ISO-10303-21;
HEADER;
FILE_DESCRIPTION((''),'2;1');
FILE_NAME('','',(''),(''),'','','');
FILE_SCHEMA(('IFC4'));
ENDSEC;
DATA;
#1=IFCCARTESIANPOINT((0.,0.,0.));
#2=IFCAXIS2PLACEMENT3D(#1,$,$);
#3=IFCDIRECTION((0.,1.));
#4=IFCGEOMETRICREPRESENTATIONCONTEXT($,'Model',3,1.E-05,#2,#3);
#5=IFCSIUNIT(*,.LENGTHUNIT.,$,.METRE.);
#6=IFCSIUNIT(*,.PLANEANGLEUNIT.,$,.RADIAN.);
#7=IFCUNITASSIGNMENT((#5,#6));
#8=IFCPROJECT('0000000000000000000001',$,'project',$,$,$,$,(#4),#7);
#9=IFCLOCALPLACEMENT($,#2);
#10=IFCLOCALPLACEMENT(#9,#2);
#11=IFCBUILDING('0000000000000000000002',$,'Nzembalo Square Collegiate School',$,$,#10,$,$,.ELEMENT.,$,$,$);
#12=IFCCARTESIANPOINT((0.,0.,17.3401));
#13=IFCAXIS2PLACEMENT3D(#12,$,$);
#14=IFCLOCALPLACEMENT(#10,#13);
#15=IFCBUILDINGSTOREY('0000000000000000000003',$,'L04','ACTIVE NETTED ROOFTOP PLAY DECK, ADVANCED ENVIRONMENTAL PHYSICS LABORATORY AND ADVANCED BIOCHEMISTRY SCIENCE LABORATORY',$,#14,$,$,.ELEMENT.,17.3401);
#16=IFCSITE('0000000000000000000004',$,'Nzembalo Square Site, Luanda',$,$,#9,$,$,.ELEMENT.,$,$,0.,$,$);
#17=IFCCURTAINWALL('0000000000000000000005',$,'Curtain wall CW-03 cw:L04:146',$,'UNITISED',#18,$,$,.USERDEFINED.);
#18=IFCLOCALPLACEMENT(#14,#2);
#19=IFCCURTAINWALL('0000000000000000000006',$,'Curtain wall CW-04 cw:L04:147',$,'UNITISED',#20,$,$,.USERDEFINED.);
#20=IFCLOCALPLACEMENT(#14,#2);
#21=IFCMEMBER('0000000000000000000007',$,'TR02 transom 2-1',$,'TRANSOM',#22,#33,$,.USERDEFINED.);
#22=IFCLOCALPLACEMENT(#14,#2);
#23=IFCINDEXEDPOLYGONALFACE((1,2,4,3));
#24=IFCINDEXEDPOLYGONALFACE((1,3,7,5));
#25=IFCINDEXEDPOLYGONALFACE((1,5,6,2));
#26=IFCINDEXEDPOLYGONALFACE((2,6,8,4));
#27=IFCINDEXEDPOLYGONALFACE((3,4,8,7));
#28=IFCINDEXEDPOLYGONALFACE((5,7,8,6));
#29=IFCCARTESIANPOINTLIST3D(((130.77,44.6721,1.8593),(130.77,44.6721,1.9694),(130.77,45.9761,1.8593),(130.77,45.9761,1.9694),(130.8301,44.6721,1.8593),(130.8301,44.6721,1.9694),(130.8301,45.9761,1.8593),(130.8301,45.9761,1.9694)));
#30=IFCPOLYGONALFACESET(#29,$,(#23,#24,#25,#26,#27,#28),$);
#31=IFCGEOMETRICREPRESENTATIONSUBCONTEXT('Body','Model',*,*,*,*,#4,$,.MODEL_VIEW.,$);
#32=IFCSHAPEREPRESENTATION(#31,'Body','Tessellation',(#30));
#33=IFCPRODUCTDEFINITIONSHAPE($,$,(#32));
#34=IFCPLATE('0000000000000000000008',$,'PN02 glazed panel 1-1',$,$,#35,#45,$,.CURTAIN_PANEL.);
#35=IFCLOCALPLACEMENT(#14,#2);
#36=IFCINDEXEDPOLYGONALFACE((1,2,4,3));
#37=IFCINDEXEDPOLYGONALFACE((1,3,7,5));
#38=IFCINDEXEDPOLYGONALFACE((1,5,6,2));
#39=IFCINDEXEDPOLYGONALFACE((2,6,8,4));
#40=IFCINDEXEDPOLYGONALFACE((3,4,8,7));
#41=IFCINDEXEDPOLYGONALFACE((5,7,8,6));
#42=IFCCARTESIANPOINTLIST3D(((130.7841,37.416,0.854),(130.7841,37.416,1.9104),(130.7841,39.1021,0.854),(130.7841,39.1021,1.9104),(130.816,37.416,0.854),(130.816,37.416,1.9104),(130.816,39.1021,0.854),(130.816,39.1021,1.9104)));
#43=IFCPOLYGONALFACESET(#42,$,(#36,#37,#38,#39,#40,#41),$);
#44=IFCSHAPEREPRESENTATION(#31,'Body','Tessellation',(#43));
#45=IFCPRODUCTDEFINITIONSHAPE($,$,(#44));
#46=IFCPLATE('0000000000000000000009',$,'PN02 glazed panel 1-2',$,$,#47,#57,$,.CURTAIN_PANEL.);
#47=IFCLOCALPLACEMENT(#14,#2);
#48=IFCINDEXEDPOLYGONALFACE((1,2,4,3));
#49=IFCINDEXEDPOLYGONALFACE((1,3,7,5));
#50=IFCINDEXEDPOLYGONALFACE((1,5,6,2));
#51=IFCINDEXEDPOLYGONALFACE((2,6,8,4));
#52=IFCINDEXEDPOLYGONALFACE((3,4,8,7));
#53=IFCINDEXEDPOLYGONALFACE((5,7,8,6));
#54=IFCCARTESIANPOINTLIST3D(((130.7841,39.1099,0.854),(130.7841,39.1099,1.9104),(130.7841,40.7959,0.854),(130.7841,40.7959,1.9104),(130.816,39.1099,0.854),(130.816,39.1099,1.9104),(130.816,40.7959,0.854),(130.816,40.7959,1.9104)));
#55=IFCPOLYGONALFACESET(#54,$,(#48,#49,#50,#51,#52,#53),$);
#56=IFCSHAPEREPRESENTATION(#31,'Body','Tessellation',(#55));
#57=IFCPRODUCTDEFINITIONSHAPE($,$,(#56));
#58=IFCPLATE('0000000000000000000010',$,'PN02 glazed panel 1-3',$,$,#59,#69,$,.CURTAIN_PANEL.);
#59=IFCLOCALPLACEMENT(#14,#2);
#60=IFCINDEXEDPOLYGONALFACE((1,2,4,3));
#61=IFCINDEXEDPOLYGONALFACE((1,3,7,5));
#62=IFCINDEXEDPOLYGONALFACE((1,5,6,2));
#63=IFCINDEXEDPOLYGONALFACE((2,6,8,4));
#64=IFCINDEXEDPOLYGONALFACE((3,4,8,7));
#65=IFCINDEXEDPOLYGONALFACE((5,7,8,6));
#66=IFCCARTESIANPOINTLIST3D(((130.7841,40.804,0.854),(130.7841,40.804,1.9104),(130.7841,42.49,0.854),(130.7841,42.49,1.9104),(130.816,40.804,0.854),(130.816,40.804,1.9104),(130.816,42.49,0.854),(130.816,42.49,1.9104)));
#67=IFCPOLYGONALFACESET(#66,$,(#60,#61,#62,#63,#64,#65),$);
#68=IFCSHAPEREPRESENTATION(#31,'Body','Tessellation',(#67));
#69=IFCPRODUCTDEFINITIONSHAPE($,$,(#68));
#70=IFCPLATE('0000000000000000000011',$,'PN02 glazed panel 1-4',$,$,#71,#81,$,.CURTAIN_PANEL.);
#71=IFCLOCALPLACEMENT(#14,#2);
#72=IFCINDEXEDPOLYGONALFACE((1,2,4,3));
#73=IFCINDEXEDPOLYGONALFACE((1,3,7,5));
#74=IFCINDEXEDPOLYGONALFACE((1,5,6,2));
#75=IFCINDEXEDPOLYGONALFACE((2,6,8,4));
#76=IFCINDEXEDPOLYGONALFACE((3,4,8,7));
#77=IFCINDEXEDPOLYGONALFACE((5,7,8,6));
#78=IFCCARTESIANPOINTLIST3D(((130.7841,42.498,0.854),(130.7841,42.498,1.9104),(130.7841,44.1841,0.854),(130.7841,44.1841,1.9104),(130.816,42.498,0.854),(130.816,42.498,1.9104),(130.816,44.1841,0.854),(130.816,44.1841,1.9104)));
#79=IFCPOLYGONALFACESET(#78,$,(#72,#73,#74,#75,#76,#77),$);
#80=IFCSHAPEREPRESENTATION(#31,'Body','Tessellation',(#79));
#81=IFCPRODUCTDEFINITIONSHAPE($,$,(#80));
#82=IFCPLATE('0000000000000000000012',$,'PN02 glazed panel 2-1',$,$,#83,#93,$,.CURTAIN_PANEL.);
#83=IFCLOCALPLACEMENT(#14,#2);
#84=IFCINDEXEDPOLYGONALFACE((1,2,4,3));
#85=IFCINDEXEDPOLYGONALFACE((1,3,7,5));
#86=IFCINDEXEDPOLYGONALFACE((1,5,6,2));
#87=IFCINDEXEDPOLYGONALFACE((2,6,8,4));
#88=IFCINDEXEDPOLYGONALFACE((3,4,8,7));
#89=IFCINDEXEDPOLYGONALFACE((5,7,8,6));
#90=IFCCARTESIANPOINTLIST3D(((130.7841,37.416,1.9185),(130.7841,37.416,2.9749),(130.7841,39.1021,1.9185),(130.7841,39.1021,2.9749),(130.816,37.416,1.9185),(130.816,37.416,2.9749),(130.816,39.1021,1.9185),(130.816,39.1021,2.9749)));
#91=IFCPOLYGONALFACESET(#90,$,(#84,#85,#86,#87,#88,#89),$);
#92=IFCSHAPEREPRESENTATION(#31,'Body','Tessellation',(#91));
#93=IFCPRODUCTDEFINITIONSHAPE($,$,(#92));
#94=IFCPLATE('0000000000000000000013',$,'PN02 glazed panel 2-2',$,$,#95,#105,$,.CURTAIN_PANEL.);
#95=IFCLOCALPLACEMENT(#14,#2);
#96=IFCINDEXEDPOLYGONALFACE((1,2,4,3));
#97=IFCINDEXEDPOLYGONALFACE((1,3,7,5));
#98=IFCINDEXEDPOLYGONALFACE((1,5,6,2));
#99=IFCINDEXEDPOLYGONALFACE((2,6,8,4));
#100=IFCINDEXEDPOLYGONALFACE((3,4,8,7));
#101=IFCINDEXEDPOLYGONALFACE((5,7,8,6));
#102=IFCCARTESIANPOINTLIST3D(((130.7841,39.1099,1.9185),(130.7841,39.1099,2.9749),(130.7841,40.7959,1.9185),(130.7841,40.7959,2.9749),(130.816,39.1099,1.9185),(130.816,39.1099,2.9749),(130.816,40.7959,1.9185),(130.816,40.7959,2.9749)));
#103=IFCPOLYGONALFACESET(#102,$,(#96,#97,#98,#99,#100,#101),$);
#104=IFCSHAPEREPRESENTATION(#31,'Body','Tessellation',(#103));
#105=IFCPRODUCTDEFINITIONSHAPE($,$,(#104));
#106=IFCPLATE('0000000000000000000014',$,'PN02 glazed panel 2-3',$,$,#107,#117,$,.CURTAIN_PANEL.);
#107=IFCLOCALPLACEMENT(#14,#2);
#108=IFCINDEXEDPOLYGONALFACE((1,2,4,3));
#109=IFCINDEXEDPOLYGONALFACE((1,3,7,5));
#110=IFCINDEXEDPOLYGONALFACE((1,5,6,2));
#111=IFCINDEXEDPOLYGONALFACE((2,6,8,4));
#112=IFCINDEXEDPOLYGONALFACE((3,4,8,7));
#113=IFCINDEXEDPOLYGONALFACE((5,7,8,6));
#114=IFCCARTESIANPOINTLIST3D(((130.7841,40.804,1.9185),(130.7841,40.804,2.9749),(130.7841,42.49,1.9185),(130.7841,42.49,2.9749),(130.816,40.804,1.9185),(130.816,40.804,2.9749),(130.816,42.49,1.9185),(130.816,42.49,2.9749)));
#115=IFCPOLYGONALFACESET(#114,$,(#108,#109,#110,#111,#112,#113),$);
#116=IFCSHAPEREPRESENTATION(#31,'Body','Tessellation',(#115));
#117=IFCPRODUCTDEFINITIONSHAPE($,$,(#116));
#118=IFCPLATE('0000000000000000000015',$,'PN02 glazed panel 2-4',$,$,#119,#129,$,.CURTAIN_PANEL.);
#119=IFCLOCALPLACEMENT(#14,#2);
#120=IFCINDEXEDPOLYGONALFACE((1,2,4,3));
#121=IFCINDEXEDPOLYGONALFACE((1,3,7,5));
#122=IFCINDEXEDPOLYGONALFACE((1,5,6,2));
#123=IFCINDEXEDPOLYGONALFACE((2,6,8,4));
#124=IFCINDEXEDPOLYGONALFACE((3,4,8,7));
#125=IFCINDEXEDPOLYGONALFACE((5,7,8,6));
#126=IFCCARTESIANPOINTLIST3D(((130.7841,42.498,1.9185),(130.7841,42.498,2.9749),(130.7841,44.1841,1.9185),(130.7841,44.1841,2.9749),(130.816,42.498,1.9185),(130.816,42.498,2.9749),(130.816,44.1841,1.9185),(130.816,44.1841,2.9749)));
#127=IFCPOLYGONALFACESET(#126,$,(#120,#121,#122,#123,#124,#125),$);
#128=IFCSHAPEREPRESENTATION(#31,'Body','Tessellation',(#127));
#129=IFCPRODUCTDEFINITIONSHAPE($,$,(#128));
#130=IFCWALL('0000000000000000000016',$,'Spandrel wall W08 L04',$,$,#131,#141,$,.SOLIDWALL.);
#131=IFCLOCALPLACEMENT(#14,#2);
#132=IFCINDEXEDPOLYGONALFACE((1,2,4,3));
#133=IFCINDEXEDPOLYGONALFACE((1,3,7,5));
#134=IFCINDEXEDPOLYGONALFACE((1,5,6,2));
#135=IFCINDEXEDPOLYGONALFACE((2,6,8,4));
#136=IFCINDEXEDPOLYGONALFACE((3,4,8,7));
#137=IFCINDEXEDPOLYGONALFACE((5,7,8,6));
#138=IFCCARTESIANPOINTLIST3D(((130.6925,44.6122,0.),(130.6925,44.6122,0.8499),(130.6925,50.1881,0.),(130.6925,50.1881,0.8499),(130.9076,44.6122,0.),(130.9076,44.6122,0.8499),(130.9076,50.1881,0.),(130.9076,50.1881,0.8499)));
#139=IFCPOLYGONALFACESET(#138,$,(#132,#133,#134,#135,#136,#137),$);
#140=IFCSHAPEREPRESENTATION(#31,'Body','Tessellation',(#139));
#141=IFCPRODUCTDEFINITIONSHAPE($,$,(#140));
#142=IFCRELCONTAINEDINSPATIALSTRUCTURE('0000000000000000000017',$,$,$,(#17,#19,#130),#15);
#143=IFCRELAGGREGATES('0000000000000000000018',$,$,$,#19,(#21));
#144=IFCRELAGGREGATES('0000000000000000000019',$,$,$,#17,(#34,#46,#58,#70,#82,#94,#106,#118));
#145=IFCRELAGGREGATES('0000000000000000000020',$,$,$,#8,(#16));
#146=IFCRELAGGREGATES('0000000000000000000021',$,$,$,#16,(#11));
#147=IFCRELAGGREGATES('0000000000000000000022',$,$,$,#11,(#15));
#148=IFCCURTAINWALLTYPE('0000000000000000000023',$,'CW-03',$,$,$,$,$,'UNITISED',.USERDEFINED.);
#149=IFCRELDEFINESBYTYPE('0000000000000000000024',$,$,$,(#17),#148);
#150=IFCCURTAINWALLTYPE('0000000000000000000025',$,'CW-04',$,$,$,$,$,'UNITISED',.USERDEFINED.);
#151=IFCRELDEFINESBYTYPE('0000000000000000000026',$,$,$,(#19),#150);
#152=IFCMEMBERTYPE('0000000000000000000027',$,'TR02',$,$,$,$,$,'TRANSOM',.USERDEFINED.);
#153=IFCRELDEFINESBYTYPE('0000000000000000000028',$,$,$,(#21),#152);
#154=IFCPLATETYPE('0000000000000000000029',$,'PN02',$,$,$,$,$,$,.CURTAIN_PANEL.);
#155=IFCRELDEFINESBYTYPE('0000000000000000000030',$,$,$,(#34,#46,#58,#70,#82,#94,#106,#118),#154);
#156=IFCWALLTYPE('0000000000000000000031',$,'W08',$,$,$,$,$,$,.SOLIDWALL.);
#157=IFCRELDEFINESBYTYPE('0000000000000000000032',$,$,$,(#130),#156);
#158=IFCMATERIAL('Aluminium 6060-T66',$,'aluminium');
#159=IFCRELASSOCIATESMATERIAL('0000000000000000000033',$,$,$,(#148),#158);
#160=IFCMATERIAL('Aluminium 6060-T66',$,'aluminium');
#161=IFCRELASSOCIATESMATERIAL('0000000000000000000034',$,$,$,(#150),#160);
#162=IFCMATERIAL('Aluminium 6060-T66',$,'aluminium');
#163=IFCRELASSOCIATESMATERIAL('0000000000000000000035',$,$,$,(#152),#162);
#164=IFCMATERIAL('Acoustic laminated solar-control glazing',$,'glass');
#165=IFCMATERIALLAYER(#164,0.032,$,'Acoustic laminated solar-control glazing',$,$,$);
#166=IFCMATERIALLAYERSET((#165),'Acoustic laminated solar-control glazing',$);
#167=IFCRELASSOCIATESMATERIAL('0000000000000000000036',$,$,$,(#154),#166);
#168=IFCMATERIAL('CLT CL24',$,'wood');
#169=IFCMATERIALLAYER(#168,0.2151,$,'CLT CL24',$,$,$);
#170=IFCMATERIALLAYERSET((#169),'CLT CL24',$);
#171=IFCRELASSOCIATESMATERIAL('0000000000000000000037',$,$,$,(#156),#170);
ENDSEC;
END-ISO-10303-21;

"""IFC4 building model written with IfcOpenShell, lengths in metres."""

from ifc_helpers import new_model, si_unit, direction, frame, frame_2d, origin, origin_2d, place, context, subcontext, project, spatial, rectangle, extrude, material, layer, layer_set, material_profile, profile_set, type_object, element, aggregate, save


model = new_model("IFC4")

# Units and contexts
model_context = context("Model", 3, precision=1e-05, world=origin(), true_north=direction((0.0, 1.0)))
body_context = subcontext(model_context, "Body", "Model", "MODEL_VIEW")
ifc_project = project(units=[si_unit("LENGTHUNIT", "METRE"), si_unit("PLANEANGLEUNIT", "RADIAN")], contexts=[model_context])

# Site, building, storey
site_placement = place(None, origin())
site = spatial("IfcSite", under=ifc_project, at=site_placement, Name="Nzembalo Square Site, Luanda", CompositionType="ELEMENT", RefElevation=0.0)
building_placement = place(site_placement, origin())
building = spatial("IfcBuilding", under=site, at=building_placement, Name="Nzembalo Square Collegiate School", CompositionType="ELEMENT")
storey_placement = place(building_placement, frame((0.0, 0.0, 17.3401)))
storey = spatial("IfcBuildingStorey", under=building, at=storey_placement, Name="L04", Description="ACTIVE NETTED ROOFTOP PLAY DECK, ADVANCED ENVIRONMENTAL PHYSICS LABORATORY AND ADVANCED BIOCHEMISTRY SCIENCE LABORATORY", CompositionType="ELEMENT", Elevation=17.3401)

# Curtain wall
ifc_material_1 = material(Name="Aluminium 6060-T66", Category="aluminium")
curtain_wall_type_1 = type_object("IfcCurtainWallType", Name="CW-03", ElementType="UNITISED", PredefinedType="USERDEFINED", material=ifc_material_1)
curtain_wall_1_placement = place(storey_placement, origin())
curtain_wall_1 = element("IfcCurtainWall", 1, at=curtain_wall_1_placement, inside=storey, type_object=curtain_wall_type_1, Name="Curtain wall CW-03 cw:L04:146", ObjectType="UNITISED", PredefinedType="USERDEFINED")

# Curtain wall
ifc_material_2 = material(Name="Aluminium 6060-T66", Category="aluminium")
curtain_wall_type_2 = type_object("IfcCurtainWallType", Name="CW-04", ElementType="UNITISED", PredefinedType="USERDEFINED", material=ifc_material_2)
curtain_wall_2_placement = place(storey_placement, origin())
curtain_wall_2 = element("IfcCurtainWall", 2, at=curtain_wall_2_placement, inside=storey, type_object=curtain_wall_type_2, Name="Curtain wall CW-04 cw:L04:147", ObjectType="UNITISED", PredefinedType="USERDEFINED")

# Member
ifc_material_3 = material(Name="Aluminium 6060-T66", Category="aluminium")
ifc_material_profile_1 = material_profile(ifc_material_3, rectangle(XDim=0.0601, YDim=0.1101, at=origin_2d()), Name="ALU T60x110")
ifc_profile_set_1 = profile_set([ifc_material_profile_1], Name="Aluminium 6060-T66")
member_type_1 = type_object("IfcMemberType", Name="TR02", ElementType="TRANSOM", PredefinedType="USERDEFINED", material=ifc_profile_set_1)
member_1_placement = place(storey_placement, frame((130.8, 44.6721, 1.9143), z_axis=(0.0, 1.0, 0.0), x_axis=(-1.0, 0.0, 0.0)))
member_1 = element("IfcMember", 3, at=member_1_placement, type_object=member_type_1, Name="TR02 transom 2-1", ObjectType="TRANSOM", PredefinedType="USERDEFINED", context=body_context, shape_type="SweptSolid", body=[
    extrude(rectangle(XDim=0.0601, YDim=0.1101, at=origin_2d()), origin(), (0.0, 0.0, 1.0), 1.304),
])
aggregate(curtain_wall_2, [member_1])

# Plates
ifc_material_4 = material(Name="Acoustic laminated solar-control glazing", Category="glass")
ifc_layer_1 = layer(ifc_material_4, 0.032, Name="Acoustic laminated solar-control glazing")
ifc_layer_set_1 = layer_set([ifc_layer_1], Name="Acoustic laminated solar-control glazing")
plate_type = type_object("IfcPlateType", Name="PN02", PredefinedType="CURTAIN_PANEL", material=ifc_layer_set_1)
plate_1_placement = place(storey_placement, frame((130.8, 38.259, 0.854), z_axis=(0.0, 0.0, 1.0), x_axis=(0.0, 1.0, 0.0)))
plate_1 = element("IfcPlate", 4, at=plate_1_placement, type_object=plate_type, Name="PN02 glazed panel 1-1", PredefinedType="CURTAIN_PANEL", context=body_context, shape_type="SweptSolid", body=[
    extrude(rectangle(XDim=1.686, YDim=0.032, at=origin_2d()), origin(), (0.0, 0.0, 1.0), 1.0564),
])
plate_2_placement = place(storey_placement, frame((130.8, 39.9529, 0.854), z_axis=(0.0, 0.0, 1.0), x_axis=(0.0, 1.0, 0.0)))
plate_2 = element("IfcPlate", 5, at=plate_2_placement, type_object=plate_type, Name="PN02 glazed panel 1-2", PredefinedType="CURTAIN_PANEL", context=body_context, shape_type="SweptSolid", body=[
    extrude(rectangle(XDim=1.686, YDim=0.032, at=origin_2d()), origin(), (0.0, 0.0, 1.0), 1.0564),
])
plate_3_placement = place(storey_placement, frame((130.8, 41.647, 0.854), z_axis=(0.0, 0.0, 1.0), x_axis=(0.0, 1.0, 0.0)))
plate_3 = element("IfcPlate", 6, at=plate_3_placement, type_object=plate_type, Name="PN02 glazed panel 1-3", PredefinedType="CURTAIN_PANEL", context=body_context, shape_type="SweptSolid", body=[
    extrude(rectangle(XDim=1.686, YDim=0.032, at=origin_2d()), origin(), (0.0, 0.0, 1.0), 1.0564),
])
plate_4_placement = place(storey_placement, frame((130.8, 43.3411, 0.854), z_axis=(0.0, 0.0, 1.0), x_axis=(0.0, 1.0, 0.0)))
plate_4 = element("IfcPlate", 7, at=plate_4_placement, type_object=plate_type, Name="PN02 glazed panel 1-4", PredefinedType="CURTAIN_PANEL", context=body_context, shape_type="SweptSolid", body=[
    extrude(rectangle(XDim=1.686, YDim=0.032, at=origin_2d()), origin(), (0.0, 0.0, 1.0), 1.0564),
])
plate_5_placement = place(storey_placement, frame((130.8, 38.259, 1.9185), z_axis=(0.0, 0.0, 1.0), x_axis=(0.0, 1.0, 0.0)))
plate_5 = element("IfcPlate", 8, at=plate_5_placement, type_object=plate_type, Name="PN02 glazed panel 2-1", PredefinedType="CURTAIN_PANEL", context=body_context, shape_type="SweptSolid", body=[
    extrude(rectangle(XDim=1.686, YDim=0.032, at=origin_2d()), origin(), (0.0, 0.0, 1.0), 1.0564),
])
plate_6_placement = place(storey_placement, frame((130.8, 39.9529, 1.9185), z_axis=(0.0, 0.0, 1.0), x_axis=(0.0, 1.0, 0.0)))
plate_6 = element("IfcPlate", 9, at=plate_6_placement, type_object=plate_type, Name="PN02 glazed panel 2-2", PredefinedType="CURTAIN_PANEL", context=body_context, shape_type="SweptSolid", body=[
    extrude(rectangle(XDim=1.686, YDim=0.032, at=origin_2d()), origin(), (0.0, 0.0, 1.0), 1.0564),
])
plate_7_placement = place(storey_placement, frame((130.8, 41.647, 1.9185), z_axis=(0.0, 0.0, 1.0), x_axis=(0.0, 1.0, 0.0)))
plate_7 = element("IfcPlate", 10, at=plate_7_placement, type_object=plate_type, Name="PN02 glazed panel 2-3", PredefinedType="CURTAIN_PANEL", context=body_context, shape_type="SweptSolid", body=[
    extrude(rectangle(XDim=1.686, YDim=0.032, at=origin_2d()), origin(), (0.0, 0.0, 1.0), 1.0564),
])
plate_8_placement = place(storey_placement, frame((130.8, 43.3411, 1.9185), z_axis=(0.0, 0.0, 1.0), x_axis=(0.0, 1.0, 0.0)))
plate_8 = element("IfcPlate", 11, at=plate_8_placement, type_object=plate_type, Name="PN02 glazed panel 2-4", PredefinedType="CURTAIN_PANEL", context=body_context, shape_type="SweptSolid", body=[
    extrude(rectangle(XDim=1.686, YDim=0.032, at=origin_2d()), origin(), (0.0, 0.0, 1.0), 1.0564),
])
aggregate(curtain_wall_1, [plate_1, plate_2, plate_3, plate_4, plate_5, plate_6, plate_7, plate_8])

# Wall
ifc_material_5 = material(Name="CLT CL24", Category="wood")
ifc_layer_2 = layer(ifc_material_5, 0.2151, Name="CLT CL24")
ifc_layer_set_2 = layer_set([ifc_layer_2], Name="CLT CL24")
wall_type = type_object("IfcWallType", Name="W08", PredefinedType="SOLIDWALL", material=ifc_layer_set_2)
wall_placement = place(storey_placement, frame((130.8, 44.6121, 0.0), z_axis=(0.0, 0.0, 1.0), x_axis=(0.0, 1.0, 0.0)))
element("IfcWall", 12, at=wall_placement, inside=storey, type_object=wall_type, Name="Spandrel wall W08 L04", PredefinedType="SOLIDWALL", context=body_context, shape_type="SweptSolid", body=[
    extrude(rectangle(XDim=5.5759, YDim=0.2151, at=frame_2d((2.7881, 0.0))), origin(), (0.0, 0.0, 1.0), 0.8499),
])

save(model, "model.ifc")
